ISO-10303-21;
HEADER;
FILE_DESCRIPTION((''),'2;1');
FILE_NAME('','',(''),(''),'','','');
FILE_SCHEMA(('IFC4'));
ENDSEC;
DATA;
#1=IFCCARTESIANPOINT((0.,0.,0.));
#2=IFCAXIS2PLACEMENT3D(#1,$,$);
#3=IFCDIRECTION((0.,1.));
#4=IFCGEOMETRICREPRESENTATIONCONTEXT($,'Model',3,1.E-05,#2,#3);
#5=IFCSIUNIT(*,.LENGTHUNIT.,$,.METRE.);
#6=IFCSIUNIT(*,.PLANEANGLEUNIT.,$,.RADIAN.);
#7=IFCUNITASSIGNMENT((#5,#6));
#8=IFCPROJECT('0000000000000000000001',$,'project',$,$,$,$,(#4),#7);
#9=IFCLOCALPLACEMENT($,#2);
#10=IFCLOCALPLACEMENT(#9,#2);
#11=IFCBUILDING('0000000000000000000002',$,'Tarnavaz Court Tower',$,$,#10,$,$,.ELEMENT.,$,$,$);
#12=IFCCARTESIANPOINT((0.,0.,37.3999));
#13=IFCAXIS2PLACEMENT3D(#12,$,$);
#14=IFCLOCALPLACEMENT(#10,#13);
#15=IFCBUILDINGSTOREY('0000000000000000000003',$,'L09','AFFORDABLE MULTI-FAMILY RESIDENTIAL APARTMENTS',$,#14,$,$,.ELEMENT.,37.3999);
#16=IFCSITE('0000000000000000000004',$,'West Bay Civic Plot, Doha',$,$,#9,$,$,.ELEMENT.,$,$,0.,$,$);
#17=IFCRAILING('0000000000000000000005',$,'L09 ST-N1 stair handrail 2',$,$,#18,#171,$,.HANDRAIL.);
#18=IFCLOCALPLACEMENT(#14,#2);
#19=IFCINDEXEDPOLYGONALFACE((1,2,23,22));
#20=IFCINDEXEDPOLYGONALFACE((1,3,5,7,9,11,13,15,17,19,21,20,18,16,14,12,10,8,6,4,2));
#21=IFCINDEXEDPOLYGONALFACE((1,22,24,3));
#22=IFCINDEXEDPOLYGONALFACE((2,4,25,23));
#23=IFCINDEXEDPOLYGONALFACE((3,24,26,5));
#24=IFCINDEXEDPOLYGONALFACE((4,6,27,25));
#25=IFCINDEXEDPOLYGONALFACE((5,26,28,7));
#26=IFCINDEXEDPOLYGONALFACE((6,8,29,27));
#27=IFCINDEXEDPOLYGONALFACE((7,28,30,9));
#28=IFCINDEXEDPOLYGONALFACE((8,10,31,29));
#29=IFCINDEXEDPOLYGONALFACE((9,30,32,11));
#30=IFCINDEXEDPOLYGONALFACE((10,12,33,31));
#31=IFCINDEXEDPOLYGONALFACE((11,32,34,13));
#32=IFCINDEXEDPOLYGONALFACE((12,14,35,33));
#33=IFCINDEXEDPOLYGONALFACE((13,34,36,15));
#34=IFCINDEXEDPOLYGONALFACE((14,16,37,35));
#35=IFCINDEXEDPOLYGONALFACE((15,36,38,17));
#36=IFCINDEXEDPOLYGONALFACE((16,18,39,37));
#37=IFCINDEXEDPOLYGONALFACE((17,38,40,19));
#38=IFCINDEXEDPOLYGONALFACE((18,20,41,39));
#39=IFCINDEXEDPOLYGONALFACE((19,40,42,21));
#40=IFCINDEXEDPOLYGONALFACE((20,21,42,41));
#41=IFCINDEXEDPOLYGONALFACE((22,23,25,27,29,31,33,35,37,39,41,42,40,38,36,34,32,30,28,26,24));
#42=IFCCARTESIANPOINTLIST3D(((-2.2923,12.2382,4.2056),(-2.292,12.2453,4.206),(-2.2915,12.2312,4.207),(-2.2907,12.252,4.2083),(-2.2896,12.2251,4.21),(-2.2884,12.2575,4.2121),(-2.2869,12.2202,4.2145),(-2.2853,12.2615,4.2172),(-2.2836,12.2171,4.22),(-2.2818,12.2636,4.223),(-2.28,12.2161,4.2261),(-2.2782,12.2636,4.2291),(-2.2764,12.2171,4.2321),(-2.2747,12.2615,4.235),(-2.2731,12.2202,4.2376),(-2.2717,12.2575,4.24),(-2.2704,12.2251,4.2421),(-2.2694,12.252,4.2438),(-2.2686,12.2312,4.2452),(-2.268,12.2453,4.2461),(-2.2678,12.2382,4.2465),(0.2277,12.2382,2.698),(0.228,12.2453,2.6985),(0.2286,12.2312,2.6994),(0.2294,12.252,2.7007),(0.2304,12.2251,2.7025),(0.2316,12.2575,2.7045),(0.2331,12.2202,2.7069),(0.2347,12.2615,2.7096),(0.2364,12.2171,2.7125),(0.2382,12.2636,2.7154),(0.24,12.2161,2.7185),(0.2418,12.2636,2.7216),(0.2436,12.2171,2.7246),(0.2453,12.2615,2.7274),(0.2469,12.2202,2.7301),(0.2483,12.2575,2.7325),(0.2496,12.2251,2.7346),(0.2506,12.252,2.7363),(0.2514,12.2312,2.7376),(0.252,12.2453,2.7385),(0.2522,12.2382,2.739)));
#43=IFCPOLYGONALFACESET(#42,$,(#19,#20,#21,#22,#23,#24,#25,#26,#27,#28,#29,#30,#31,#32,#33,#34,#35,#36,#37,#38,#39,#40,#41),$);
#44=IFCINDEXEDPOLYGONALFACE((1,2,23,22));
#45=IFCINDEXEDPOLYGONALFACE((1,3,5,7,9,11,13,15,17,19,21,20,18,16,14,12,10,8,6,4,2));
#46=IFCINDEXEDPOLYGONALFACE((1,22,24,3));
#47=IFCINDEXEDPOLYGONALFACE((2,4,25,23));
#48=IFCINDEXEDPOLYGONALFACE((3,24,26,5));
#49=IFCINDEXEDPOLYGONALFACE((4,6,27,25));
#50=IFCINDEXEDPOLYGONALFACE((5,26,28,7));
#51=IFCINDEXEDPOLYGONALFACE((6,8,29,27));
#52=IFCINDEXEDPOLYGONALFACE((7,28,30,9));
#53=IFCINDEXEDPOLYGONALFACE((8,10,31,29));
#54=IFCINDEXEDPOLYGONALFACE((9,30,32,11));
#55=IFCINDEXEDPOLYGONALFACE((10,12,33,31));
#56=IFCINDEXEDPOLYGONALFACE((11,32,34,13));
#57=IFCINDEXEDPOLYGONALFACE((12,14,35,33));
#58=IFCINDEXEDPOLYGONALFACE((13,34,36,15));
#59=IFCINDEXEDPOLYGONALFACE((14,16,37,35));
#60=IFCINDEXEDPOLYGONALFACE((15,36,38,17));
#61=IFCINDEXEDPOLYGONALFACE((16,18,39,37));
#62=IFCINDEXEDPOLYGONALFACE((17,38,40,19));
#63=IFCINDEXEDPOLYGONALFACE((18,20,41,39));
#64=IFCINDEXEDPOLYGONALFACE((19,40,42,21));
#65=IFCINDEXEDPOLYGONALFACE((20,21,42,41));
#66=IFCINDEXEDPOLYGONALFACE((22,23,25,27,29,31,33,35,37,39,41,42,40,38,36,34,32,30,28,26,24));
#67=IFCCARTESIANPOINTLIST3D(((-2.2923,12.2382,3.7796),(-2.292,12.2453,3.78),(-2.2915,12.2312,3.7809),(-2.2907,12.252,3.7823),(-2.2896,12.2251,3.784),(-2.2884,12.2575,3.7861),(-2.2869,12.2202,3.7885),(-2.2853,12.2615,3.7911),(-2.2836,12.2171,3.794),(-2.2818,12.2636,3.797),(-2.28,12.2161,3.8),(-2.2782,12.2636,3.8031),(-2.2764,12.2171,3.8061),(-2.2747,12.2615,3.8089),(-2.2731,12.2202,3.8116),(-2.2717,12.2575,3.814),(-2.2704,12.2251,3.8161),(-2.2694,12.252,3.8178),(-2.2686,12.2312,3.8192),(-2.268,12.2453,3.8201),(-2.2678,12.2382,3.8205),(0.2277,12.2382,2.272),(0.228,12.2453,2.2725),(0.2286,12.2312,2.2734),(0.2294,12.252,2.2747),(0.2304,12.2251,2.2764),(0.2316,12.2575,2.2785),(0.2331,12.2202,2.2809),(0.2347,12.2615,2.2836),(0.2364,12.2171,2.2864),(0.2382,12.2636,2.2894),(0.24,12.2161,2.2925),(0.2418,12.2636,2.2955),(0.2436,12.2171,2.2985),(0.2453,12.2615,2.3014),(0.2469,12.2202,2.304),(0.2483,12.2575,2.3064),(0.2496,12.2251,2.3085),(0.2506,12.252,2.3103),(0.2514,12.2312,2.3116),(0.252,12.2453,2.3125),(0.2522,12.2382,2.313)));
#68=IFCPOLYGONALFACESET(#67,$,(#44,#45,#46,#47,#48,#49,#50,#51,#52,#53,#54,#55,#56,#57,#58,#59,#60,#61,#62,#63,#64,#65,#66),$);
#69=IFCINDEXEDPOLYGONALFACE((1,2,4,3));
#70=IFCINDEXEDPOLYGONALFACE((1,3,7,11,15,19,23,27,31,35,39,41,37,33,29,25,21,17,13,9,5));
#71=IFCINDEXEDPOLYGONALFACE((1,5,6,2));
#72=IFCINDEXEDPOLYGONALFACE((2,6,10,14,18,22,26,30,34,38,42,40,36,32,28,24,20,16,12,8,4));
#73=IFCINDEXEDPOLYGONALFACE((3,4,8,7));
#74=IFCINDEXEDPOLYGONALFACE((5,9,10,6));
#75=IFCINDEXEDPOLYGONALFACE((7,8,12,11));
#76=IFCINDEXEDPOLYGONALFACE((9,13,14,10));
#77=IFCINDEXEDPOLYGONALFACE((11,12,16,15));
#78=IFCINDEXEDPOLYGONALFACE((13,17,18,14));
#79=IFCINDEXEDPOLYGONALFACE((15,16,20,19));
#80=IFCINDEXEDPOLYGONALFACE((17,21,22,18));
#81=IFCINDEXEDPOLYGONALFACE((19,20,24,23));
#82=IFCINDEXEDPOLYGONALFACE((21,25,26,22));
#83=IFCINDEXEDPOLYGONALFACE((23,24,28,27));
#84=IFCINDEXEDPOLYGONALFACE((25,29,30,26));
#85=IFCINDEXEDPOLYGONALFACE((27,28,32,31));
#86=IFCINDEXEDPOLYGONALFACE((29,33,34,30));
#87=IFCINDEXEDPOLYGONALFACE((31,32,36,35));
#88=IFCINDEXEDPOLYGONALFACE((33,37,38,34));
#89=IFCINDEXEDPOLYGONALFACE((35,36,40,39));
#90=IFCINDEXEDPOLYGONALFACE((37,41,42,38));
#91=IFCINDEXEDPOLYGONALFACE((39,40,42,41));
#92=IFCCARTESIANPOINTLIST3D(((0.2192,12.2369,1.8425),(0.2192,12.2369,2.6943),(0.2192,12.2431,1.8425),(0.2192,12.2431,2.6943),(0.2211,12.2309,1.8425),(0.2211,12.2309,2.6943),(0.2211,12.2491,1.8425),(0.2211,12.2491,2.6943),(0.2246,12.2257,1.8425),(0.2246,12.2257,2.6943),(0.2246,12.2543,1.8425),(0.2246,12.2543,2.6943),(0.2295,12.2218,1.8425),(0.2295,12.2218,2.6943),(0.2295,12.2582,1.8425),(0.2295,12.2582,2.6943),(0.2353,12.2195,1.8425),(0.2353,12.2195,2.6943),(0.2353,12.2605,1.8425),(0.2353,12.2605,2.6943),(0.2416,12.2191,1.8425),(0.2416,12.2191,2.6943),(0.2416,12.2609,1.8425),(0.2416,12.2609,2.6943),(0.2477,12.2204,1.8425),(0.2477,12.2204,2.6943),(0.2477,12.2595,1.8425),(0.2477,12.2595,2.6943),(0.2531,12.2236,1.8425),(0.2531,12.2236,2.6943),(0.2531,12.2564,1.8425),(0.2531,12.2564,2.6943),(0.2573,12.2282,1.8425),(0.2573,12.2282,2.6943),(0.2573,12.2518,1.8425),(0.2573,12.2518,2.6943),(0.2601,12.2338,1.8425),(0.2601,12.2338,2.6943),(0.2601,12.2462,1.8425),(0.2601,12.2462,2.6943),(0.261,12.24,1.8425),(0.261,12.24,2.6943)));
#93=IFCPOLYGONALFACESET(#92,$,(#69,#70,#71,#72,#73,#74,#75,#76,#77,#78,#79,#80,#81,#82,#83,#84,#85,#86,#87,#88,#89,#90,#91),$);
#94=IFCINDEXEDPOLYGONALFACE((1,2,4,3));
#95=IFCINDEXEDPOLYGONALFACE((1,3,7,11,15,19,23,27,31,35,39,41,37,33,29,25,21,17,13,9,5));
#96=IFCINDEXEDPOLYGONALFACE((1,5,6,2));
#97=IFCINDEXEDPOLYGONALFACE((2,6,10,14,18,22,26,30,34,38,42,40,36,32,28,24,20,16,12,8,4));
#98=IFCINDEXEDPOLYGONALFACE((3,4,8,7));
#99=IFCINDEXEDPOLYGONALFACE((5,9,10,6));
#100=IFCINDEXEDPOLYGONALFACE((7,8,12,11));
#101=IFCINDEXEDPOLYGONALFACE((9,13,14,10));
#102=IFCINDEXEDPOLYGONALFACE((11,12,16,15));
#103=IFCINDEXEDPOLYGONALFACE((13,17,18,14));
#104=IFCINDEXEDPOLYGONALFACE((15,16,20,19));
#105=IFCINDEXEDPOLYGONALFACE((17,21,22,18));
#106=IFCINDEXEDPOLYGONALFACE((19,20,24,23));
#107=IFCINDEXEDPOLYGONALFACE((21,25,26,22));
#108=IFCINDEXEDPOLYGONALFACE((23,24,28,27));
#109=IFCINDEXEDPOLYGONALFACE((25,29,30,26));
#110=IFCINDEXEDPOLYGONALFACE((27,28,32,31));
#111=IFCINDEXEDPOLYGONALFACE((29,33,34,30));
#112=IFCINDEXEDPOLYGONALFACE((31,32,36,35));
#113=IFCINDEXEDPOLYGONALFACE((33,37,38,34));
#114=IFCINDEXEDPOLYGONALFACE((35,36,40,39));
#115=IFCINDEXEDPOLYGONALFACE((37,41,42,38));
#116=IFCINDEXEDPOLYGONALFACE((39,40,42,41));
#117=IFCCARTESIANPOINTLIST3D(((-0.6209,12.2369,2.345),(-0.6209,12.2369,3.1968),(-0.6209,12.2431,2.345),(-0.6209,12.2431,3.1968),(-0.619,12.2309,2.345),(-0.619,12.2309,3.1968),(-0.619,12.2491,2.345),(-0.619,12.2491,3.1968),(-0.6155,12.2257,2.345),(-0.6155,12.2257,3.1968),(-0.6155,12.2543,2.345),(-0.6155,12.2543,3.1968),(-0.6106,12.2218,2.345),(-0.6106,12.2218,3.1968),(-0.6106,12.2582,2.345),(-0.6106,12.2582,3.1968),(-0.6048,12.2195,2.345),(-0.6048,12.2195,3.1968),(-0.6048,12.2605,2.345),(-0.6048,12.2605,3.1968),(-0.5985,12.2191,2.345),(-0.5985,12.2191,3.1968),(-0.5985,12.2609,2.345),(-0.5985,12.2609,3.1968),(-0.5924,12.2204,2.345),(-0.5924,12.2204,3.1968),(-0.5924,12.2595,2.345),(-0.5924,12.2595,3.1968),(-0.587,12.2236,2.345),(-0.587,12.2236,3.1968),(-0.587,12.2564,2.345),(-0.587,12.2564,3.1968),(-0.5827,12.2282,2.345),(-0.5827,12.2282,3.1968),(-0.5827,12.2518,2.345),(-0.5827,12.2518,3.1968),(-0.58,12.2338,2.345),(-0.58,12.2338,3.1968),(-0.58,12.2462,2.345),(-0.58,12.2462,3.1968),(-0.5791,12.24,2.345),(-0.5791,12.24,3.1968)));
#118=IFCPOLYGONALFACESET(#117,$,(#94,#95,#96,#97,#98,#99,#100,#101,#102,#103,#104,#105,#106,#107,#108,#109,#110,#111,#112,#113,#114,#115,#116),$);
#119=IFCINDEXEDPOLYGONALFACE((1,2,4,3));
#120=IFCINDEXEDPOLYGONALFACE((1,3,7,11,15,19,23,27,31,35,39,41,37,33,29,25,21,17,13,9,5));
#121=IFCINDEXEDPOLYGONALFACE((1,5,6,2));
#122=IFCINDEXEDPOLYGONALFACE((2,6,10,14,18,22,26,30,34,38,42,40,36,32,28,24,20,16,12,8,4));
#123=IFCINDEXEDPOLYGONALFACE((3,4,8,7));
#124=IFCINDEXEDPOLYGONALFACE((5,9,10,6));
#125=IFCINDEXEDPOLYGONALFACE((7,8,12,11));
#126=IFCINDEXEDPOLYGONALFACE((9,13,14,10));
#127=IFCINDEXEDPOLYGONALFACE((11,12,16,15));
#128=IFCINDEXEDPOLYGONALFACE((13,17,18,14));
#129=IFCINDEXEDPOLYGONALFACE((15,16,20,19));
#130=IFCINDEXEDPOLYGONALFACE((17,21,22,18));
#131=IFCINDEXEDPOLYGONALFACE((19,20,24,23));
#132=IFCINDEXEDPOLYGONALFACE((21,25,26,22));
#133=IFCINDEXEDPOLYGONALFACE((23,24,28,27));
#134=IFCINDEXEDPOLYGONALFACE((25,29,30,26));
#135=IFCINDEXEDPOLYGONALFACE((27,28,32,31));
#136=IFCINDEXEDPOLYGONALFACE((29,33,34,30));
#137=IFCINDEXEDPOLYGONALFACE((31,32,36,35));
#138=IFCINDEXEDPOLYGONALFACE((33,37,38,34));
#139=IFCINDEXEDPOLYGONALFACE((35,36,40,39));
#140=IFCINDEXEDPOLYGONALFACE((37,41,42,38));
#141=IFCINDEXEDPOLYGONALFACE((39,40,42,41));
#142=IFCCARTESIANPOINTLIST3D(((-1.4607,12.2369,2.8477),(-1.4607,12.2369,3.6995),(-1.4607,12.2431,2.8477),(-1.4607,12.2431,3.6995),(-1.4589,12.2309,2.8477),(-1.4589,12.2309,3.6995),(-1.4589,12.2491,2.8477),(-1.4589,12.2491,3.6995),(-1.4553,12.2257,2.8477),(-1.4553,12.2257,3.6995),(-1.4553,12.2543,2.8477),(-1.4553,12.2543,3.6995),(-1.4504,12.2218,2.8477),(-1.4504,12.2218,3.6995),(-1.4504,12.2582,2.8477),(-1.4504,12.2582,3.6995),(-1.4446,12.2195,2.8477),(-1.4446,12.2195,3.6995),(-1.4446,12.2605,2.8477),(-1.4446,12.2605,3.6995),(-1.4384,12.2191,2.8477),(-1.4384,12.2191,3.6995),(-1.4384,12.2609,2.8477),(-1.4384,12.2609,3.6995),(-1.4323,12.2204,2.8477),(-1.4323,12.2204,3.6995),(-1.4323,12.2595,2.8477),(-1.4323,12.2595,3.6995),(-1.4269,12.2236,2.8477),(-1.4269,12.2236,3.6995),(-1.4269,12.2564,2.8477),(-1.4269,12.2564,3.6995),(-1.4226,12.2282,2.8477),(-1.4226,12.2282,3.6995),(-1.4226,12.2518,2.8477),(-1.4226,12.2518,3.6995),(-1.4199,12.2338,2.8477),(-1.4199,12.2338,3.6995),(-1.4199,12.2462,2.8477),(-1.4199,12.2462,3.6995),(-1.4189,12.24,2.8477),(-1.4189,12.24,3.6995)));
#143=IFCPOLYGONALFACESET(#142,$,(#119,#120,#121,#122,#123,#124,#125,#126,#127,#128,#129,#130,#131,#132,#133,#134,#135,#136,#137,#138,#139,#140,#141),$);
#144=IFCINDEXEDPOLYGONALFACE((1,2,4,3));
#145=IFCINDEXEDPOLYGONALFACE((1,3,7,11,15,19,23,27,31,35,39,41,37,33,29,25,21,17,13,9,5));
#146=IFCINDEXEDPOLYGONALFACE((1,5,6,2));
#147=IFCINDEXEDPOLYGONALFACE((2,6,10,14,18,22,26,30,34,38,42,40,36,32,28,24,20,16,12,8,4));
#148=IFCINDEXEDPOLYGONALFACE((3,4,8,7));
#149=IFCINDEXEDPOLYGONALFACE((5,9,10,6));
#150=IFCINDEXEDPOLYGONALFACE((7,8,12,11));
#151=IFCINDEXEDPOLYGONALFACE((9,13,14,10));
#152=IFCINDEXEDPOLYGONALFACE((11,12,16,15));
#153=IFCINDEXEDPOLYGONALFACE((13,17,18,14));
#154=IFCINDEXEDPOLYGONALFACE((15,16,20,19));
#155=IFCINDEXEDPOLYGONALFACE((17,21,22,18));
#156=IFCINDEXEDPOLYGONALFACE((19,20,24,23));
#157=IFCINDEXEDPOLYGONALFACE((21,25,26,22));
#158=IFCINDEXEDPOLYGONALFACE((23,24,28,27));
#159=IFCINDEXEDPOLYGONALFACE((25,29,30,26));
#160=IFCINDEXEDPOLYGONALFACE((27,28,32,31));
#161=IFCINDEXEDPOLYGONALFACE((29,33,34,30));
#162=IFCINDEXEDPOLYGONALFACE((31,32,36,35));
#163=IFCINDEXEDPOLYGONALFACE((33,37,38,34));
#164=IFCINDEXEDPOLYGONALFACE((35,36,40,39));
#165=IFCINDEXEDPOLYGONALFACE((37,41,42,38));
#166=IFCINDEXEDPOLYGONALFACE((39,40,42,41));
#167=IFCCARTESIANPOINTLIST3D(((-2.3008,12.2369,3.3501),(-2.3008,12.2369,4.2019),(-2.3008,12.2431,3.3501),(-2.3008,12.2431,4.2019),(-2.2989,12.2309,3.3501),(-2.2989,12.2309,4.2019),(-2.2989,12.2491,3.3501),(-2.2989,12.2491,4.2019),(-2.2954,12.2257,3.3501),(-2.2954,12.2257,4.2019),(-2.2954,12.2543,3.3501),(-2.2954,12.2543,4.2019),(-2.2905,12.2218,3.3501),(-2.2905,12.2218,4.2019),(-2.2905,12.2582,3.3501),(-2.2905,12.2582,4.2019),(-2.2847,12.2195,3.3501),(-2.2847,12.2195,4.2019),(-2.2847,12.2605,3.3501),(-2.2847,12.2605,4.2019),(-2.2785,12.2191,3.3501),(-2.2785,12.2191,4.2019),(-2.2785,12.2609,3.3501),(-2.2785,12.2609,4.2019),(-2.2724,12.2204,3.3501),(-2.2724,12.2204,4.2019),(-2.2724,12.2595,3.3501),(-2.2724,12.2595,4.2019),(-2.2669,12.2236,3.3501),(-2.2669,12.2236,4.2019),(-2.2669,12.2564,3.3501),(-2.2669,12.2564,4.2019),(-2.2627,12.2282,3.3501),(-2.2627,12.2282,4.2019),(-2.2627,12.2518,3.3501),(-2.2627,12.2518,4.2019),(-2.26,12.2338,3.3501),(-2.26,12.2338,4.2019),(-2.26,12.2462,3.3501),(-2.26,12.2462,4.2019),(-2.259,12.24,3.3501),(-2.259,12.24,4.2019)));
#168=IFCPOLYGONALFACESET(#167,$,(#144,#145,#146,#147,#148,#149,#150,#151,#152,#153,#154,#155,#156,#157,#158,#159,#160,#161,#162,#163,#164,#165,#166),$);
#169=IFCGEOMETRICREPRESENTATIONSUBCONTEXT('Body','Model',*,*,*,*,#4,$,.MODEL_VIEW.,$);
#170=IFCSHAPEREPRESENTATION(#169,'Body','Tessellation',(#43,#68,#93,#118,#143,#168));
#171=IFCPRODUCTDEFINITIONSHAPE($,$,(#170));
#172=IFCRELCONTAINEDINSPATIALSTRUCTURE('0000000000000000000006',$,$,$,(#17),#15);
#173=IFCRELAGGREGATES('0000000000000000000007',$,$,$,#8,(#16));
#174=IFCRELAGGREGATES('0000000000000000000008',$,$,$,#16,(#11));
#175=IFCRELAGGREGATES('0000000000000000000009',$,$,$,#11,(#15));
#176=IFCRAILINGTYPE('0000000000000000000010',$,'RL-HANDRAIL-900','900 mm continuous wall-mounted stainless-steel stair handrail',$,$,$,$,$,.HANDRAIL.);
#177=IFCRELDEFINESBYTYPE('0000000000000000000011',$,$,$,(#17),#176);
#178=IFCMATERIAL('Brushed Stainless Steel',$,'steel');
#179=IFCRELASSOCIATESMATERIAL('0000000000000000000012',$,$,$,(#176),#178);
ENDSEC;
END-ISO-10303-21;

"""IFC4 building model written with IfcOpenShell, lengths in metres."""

from ifc_helpers import new_model, si_unit, direction, frame, origin, origin_2d, place, context, subcontext, project, spatial, circle, extrude, material, type_object, element, save


model = new_model("IFC4")

# Units and contexts
model_context = context("Model", 3, precision=1e-05, world=origin(), true_north=direction((0.0, 1.0)))
body_context = subcontext(model_context, "Body", "Model", "MODEL_VIEW")
ifc_project = project(units=[si_unit("LENGTHUNIT", "METRE"), si_unit("PLANEANGLEUNIT", "RADIAN")], contexts=[model_context])

# Site, building, storey
site_placement = place(None, origin())
site = spatial("IfcSite", under=ifc_project, at=site_placement, Name="West Bay Civic Plot, Doha", CompositionType="ELEMENT", RefElevation=0.0)
building_placement = place(site_placement, origin())
building = spatial("IfcBuilding", under=site, at=building_placement, Name="Tarnavaz Court Tower", CompositionType="ELEMENT")
storey_placement = place(building_placement, frame((0.0, 0.0, 37.3999)))
storey = spatial("IfcBuildingStorey", under=building, at=storey_placement, Name="L09", Description="AFFORDABLE MULTI-FAMILY RESIDENTIAL APARTMENTS", CompositionType="ELEMENT", Elevation=37.3999)

# Railing
ifc_material_1 = material(Name="Brushed Stainless Steel", Category="steel")
railing_type_1 = type_object("IfcRailingType", Name="RL-HANDRAIL-900", Description="900 mm continuous wall-mounted stainless-steel stair handrail", PredefinedType="HANDRAIL", material=ifc_material_1)
railing_1_placement = place(storey_placement, frame((0.24, 12.24, 1.8425)))
element("IfcRailing", 1, at=railing_1_placement, inside=storey, type_object=railing_type_1, Name="L09 ST-N1 stair handrail 2", PredefinedType="HANDRAIL", context=body_context, shape_type="SweptSolid", body=[
    extrude(circle(Radius=0.0239, at=origin_2d()), frame((0.0, 0.0, 0.876), z_axis=(-0.85816, 0.0, 0.513383), x_axis=(0.0, -1.0, 0.0)), (0.0, 0.0, 1.0), 2.9365),
    extrude(circle(Radius=0.0239, at=origin_2d()), frame((0.0, 0.0, 0.45), z_axis=(-0.85816, 0.0, 0.513383), x_axis=(0.0, -1.0, 0.0)), (0.0, 0.0, 1.0), 2.9365),
    extrude(circle(Radius=0.021, at=origin_2d()), origin(), (0.0, 0.0, 1.0), 0.8518),
    extrude(circle(Radius=0.021, at=origin_2d()), frame((-0.8401, 0.0, 0.5024)), (0.0, 0.0, 1.0), 0.8518),
    extrude(circle(Radius=0.021, at=origin_2d()), frame((-1.6799, 0.0, 1.0051)), (0.0, 0.0, 1.0), 0.8518),
    extrude(circle(Radius=0.021, at=origin_2d()), frame((-2.52, 0.0, 1.5076)), (0.0, 0.0, 1.0), 0.8518),
])

save(model, "model.ifc")
